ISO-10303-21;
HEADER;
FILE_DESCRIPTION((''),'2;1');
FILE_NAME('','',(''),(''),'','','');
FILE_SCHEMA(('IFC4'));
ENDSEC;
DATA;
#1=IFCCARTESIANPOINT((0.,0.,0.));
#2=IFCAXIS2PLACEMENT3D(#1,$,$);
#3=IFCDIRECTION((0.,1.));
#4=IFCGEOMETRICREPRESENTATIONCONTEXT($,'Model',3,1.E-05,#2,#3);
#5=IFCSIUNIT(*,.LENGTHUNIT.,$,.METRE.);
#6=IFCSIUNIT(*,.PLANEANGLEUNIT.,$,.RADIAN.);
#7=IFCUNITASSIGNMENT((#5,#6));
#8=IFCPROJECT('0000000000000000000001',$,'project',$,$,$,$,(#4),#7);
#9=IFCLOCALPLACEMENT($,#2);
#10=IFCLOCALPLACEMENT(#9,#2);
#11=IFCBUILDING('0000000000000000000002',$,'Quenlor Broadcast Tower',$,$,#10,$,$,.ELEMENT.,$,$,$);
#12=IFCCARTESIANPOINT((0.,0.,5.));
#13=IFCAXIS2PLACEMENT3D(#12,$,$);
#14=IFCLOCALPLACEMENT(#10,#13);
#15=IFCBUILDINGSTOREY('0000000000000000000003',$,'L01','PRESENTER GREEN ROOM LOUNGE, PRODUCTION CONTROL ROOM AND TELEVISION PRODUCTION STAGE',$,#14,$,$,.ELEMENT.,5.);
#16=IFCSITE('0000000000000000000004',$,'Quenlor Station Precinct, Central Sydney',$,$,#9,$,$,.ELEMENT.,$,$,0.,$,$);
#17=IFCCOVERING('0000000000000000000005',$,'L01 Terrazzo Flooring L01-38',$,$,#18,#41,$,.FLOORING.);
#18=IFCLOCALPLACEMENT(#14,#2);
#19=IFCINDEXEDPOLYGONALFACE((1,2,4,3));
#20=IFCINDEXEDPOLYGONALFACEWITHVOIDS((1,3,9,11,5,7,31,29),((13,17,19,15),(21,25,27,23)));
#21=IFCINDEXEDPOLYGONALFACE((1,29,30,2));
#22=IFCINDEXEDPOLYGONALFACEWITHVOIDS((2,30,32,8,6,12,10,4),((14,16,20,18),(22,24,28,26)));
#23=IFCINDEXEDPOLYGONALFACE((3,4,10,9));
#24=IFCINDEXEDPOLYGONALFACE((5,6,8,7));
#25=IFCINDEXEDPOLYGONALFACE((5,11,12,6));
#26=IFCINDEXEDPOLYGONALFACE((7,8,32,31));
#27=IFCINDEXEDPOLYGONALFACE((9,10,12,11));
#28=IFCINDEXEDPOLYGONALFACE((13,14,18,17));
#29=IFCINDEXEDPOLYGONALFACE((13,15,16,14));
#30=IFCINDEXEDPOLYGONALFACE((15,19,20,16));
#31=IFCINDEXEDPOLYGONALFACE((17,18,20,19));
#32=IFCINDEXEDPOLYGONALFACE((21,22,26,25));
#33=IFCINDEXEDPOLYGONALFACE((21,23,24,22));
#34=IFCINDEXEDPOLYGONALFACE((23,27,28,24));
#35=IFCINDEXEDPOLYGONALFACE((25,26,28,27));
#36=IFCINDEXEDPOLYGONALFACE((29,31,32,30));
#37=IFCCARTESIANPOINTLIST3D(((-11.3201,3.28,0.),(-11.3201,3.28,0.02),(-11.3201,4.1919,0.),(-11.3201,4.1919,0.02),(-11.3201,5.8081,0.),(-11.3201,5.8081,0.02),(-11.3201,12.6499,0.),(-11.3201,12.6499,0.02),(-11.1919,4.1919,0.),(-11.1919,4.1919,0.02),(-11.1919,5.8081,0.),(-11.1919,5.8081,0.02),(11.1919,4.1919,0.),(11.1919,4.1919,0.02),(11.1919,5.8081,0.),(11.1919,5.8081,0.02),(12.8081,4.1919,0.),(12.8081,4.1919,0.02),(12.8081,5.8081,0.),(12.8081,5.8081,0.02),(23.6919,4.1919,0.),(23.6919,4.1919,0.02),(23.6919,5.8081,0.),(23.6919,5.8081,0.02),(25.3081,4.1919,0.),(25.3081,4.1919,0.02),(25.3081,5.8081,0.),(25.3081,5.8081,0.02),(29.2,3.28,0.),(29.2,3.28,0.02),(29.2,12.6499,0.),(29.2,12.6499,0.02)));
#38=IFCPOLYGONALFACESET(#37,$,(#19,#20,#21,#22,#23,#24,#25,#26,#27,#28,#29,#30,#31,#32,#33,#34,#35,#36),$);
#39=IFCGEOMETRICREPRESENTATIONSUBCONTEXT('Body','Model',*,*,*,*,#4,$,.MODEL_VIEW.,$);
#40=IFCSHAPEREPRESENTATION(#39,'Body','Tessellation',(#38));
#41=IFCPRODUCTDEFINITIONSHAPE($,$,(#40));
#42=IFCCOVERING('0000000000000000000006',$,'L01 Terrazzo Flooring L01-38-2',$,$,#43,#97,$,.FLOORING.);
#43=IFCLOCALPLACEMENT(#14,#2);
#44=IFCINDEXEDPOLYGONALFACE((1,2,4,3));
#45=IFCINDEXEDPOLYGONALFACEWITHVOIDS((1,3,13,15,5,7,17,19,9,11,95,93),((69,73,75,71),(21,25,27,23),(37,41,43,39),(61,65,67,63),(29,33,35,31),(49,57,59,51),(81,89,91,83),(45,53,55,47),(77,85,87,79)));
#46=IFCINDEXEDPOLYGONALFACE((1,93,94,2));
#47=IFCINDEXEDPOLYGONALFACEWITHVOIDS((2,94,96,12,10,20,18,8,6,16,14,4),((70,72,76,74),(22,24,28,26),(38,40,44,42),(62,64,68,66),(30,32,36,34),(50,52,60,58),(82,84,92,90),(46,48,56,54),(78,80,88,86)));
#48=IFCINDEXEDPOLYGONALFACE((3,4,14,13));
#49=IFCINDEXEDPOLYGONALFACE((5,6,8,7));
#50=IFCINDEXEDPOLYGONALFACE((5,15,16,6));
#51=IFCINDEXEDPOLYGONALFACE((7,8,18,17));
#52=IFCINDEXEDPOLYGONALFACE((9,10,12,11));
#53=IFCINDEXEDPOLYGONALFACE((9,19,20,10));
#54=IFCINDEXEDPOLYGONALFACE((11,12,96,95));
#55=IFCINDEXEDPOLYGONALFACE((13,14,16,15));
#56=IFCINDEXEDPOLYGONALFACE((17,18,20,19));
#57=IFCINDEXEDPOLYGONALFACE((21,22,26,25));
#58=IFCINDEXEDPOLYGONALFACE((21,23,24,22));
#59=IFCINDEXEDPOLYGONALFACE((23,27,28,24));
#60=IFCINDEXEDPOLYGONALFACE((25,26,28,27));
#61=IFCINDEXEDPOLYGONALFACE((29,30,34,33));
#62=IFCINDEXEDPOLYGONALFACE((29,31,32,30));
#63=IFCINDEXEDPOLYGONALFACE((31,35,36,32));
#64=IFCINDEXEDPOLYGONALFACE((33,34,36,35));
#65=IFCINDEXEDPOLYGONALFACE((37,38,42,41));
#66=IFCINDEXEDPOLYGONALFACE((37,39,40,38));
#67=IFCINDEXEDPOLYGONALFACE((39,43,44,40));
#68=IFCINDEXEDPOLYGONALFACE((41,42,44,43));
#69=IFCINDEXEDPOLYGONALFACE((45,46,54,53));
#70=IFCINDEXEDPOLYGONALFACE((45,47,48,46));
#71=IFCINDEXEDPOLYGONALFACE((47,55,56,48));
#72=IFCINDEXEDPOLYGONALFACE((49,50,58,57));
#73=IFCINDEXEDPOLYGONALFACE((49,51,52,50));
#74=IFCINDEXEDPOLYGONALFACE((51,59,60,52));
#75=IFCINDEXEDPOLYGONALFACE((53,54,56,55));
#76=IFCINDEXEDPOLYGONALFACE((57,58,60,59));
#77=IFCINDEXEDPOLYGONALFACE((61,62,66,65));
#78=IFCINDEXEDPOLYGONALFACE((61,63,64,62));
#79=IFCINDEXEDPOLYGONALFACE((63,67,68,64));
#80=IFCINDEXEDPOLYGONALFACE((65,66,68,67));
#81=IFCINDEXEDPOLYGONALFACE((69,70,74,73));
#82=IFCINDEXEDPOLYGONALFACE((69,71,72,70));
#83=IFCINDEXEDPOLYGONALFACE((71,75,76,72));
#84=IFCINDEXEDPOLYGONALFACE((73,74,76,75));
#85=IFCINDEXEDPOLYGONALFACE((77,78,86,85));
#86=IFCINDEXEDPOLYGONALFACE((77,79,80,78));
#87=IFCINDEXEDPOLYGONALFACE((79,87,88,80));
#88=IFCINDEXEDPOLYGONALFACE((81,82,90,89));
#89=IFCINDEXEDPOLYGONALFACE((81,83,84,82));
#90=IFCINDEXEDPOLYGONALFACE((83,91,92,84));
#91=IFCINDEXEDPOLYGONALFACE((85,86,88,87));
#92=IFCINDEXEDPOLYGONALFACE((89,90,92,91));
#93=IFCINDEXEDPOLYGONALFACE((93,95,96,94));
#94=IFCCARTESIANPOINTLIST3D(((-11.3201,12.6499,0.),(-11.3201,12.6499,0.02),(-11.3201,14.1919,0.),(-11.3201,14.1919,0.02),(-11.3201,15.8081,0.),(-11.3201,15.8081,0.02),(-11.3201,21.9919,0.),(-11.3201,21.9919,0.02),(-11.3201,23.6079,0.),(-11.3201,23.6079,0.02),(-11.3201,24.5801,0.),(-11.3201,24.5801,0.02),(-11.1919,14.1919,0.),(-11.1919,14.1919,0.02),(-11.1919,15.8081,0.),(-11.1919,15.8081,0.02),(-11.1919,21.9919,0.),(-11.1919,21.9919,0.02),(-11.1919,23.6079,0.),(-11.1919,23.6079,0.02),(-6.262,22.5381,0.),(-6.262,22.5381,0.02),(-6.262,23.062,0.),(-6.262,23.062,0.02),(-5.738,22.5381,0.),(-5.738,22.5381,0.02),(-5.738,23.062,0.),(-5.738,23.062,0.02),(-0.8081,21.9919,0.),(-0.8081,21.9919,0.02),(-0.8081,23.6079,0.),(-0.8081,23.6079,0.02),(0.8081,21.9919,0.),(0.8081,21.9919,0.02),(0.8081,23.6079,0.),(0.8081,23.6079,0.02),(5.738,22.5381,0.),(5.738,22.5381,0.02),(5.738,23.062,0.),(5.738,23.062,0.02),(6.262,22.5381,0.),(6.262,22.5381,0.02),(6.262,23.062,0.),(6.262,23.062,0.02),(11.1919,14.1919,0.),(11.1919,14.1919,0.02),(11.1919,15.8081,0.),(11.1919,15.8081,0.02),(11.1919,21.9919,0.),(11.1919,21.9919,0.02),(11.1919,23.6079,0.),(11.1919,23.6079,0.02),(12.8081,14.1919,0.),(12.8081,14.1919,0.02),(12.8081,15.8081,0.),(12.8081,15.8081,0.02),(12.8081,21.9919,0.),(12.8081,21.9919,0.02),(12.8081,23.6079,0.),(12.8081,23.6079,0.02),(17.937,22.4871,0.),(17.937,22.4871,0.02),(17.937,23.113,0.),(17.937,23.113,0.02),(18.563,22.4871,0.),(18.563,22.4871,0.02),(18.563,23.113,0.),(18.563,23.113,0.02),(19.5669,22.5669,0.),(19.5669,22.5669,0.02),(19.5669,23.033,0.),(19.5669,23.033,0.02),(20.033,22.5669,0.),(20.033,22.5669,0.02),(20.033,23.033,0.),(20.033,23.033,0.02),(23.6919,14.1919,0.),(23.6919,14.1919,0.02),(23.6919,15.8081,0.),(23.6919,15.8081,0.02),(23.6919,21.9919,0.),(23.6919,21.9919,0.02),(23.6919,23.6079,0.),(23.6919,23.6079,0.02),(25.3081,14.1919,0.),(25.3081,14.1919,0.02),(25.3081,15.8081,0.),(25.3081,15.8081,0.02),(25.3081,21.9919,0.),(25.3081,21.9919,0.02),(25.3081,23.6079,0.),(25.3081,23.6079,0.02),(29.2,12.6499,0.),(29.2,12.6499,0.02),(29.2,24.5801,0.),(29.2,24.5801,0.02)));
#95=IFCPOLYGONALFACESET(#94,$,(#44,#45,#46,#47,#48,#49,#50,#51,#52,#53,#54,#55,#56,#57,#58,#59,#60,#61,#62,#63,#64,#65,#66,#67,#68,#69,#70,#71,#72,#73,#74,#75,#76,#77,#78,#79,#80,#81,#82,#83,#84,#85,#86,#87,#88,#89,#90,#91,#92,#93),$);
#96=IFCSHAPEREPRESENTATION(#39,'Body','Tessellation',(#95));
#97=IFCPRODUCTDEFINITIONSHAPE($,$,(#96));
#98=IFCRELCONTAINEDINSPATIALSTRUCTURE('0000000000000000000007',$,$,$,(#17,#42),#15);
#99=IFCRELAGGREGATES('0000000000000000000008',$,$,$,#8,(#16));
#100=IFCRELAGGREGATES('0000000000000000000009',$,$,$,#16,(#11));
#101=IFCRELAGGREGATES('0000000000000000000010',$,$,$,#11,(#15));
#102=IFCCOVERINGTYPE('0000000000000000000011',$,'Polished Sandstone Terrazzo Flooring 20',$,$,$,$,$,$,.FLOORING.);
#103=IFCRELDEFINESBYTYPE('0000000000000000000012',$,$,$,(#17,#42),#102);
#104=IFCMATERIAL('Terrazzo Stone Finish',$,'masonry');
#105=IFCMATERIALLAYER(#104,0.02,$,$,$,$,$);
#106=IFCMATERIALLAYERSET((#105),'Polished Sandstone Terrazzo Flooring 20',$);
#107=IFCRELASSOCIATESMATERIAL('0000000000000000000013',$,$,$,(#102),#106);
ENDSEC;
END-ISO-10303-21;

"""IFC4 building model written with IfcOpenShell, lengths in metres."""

from ifc_helpers import new_model, si_unit, direction, frame, origin, place, context, subcontext, project, spatial, polyline, outline, extrude, material, layer, layer_set, type_object, element, save


model = new_model("IFC4")

# Units and contexts
model_context = context("Model", 3, precision=1e-05, world=origin(), true_north=direction((0.0, 1.0)))
body_context = subcontext(model_context, "Body", "Model", "MODEL_VIEW")
ifc_project = project(units=[si_unit("LENGTHUNIT", "METRE"), si_unit("PLANEANGLEUNIT", "RADIAN")], contexts=[model_context])

# Site, building, storey
site_placement = place(None, origin())
site = spatial("IfcSite", under=ifc_project, at=site_placement, Name="Quenlor Station Precinct, Central Sydney", CompositionType="ELEMENT", RefElevation=0.0)
building_placement = place(site_placement, origin())
building = spatial("IfcBuilding", under=site, at=building_placement, Name="Quenlor Broadcast Tower", CompositionType="ELEMENT")
storey_placement = place(building_placement, frame((0.0, 0.0, 5.0)))
storey = spatial("IfcBuildingStorey", under=building, at=storey_placement, Name="L01", Description="PRESENTER GREEN ROOM LOUNGE, PRODUCTION CONTROL ROOM AND TELEVISION PRODUCTION STAGE", CompositionType="ELEMENT", Elevation=5.0)

# Coverings
ifc_material_1 = material(Name="Terrazzo Stone Finish", Category="masonry")
ifc_layer_1 = layer(ifc_material_1, 0.02)
ifc_layer_set_1 = layer_set([ifc_layer_1], Name="Polished Sandstone Terrazzo Flooring 20")
covering_type_1 = type_object("IfcCoveringType", Name="Polished Sandstone Terrazzo Flooring 20", PredefinedType="FLOORING", material=ifc_layer_set_1)
covering_1_placement = place(storey_placement, origin())
element("IfcCovering", 1, at=covering_1_placement, inside=storey, type_object=covering_type_1, Name="L01 Terrazzo Flooring L01-38", PredefinedType="FLOORING", context=body_context, shape_type="SweptSolid", body=[
    extrude(outline(polyline([(-11.1919, 4.1919), (-11.1919, 5.8081), (-11.3201, 5.8081), (-11.3201, 12.6499), (29.2, 12.6499), (29.2, 3.28), (-11.3201, 3.28), (-11.3201, 4.1919), (-11.1919, 4.1919)]), holes=[polyline([(12.8081, 4.1919), (12.8081, 5.8081), (11.1919, 5.8081), (11.1919, 4.1919), (12.8081, 4.1919)]), polyline([(25.3081, 4.1919), (25.3081, 5.8081), (23.6919, 5.8081), (23.6919, 4.1919), (25.3081, 4.1919)])]), origin(), (0.0, 0.0, 1.0), 0.02),
])
covering_2_placement = place(storey_placement, origin())
element("IfcCovering", 2, at=covering_2_placement, inside=storey, type_object=covering_type_1, Name="L01 Terrazzo Flooring L01-38-2", PredefinedType="FLOORING", context=body_context, shape_type="SweptSolid", body=[
    extrude(outline(polyline([(-11.3201, 14.1919), (-11.1919, 14.1919), (-11.1919, 15.8081), (-11.3201, 15.8081), (-11.3201, 21.9919), (-11.1919, 21.9919), (-11.1919, 23.6079), (-11.3201, 23.6079), (-11.3201, 24.5801), (29.2, 24.5801), (29.2, 12.6499), (-11.3201, 12.6499), (-11.3201, 14.1919)]), holes=[polyline([(12.8081, 14.1919), (12.8081, 15.8081), (11.1919, 15.8081), (11.1919, 14.1919), (12.8081, 14.1919)]), polyline([(0.8081, 21.9919), (0.8081, 23.6079), (-0.8081, 23.6079), (-0.8081, 21.9919), (0.8081, 21.9919)]), polyline([(6.262, 22.5381), (6.262, 23.062), (5.738, 23.062), (5.738, 22.5381), (6.262, 22.5381)]), polyline([(-5.738, 22.5381), (-5.738, 23.062), (-6.262, 23.062), (-6.262, 22.5381), (-5.738, 22.5381)]), polyline([(12.8081, 21.9919), (12.8081, 23.6079), (11.1919, 23.6079), (11.1919, 21.9919), (12.8081, 21.9919)]), polyline([(25.3081, 14.1919), (25.3081, 15.8081), (23.6919, 15.8081), (23.6919, 14.1919), (25.3081, 14.1919)]), polyline([(20.033, 22.5669), (20.033, 23.033), (19.5669, 23.033), (19.5669, 22.5669), (20.033, 22.5669)]), polyline([(25.3081, 21.9919), (25.3081, 23.6079), (23.6919, 23.6079), (23.6919, 21.9919), (25.3081, 21.9919)]), polyline([(18.563, 22.4871), (18.563, 23.113), (17.937, 23.113), (17.937, 22.4871), (18.563, 22.4871)])]), origin(), (0.0, 0.0, 1.0), 0.02),
])

save(model, "model.ifc")
